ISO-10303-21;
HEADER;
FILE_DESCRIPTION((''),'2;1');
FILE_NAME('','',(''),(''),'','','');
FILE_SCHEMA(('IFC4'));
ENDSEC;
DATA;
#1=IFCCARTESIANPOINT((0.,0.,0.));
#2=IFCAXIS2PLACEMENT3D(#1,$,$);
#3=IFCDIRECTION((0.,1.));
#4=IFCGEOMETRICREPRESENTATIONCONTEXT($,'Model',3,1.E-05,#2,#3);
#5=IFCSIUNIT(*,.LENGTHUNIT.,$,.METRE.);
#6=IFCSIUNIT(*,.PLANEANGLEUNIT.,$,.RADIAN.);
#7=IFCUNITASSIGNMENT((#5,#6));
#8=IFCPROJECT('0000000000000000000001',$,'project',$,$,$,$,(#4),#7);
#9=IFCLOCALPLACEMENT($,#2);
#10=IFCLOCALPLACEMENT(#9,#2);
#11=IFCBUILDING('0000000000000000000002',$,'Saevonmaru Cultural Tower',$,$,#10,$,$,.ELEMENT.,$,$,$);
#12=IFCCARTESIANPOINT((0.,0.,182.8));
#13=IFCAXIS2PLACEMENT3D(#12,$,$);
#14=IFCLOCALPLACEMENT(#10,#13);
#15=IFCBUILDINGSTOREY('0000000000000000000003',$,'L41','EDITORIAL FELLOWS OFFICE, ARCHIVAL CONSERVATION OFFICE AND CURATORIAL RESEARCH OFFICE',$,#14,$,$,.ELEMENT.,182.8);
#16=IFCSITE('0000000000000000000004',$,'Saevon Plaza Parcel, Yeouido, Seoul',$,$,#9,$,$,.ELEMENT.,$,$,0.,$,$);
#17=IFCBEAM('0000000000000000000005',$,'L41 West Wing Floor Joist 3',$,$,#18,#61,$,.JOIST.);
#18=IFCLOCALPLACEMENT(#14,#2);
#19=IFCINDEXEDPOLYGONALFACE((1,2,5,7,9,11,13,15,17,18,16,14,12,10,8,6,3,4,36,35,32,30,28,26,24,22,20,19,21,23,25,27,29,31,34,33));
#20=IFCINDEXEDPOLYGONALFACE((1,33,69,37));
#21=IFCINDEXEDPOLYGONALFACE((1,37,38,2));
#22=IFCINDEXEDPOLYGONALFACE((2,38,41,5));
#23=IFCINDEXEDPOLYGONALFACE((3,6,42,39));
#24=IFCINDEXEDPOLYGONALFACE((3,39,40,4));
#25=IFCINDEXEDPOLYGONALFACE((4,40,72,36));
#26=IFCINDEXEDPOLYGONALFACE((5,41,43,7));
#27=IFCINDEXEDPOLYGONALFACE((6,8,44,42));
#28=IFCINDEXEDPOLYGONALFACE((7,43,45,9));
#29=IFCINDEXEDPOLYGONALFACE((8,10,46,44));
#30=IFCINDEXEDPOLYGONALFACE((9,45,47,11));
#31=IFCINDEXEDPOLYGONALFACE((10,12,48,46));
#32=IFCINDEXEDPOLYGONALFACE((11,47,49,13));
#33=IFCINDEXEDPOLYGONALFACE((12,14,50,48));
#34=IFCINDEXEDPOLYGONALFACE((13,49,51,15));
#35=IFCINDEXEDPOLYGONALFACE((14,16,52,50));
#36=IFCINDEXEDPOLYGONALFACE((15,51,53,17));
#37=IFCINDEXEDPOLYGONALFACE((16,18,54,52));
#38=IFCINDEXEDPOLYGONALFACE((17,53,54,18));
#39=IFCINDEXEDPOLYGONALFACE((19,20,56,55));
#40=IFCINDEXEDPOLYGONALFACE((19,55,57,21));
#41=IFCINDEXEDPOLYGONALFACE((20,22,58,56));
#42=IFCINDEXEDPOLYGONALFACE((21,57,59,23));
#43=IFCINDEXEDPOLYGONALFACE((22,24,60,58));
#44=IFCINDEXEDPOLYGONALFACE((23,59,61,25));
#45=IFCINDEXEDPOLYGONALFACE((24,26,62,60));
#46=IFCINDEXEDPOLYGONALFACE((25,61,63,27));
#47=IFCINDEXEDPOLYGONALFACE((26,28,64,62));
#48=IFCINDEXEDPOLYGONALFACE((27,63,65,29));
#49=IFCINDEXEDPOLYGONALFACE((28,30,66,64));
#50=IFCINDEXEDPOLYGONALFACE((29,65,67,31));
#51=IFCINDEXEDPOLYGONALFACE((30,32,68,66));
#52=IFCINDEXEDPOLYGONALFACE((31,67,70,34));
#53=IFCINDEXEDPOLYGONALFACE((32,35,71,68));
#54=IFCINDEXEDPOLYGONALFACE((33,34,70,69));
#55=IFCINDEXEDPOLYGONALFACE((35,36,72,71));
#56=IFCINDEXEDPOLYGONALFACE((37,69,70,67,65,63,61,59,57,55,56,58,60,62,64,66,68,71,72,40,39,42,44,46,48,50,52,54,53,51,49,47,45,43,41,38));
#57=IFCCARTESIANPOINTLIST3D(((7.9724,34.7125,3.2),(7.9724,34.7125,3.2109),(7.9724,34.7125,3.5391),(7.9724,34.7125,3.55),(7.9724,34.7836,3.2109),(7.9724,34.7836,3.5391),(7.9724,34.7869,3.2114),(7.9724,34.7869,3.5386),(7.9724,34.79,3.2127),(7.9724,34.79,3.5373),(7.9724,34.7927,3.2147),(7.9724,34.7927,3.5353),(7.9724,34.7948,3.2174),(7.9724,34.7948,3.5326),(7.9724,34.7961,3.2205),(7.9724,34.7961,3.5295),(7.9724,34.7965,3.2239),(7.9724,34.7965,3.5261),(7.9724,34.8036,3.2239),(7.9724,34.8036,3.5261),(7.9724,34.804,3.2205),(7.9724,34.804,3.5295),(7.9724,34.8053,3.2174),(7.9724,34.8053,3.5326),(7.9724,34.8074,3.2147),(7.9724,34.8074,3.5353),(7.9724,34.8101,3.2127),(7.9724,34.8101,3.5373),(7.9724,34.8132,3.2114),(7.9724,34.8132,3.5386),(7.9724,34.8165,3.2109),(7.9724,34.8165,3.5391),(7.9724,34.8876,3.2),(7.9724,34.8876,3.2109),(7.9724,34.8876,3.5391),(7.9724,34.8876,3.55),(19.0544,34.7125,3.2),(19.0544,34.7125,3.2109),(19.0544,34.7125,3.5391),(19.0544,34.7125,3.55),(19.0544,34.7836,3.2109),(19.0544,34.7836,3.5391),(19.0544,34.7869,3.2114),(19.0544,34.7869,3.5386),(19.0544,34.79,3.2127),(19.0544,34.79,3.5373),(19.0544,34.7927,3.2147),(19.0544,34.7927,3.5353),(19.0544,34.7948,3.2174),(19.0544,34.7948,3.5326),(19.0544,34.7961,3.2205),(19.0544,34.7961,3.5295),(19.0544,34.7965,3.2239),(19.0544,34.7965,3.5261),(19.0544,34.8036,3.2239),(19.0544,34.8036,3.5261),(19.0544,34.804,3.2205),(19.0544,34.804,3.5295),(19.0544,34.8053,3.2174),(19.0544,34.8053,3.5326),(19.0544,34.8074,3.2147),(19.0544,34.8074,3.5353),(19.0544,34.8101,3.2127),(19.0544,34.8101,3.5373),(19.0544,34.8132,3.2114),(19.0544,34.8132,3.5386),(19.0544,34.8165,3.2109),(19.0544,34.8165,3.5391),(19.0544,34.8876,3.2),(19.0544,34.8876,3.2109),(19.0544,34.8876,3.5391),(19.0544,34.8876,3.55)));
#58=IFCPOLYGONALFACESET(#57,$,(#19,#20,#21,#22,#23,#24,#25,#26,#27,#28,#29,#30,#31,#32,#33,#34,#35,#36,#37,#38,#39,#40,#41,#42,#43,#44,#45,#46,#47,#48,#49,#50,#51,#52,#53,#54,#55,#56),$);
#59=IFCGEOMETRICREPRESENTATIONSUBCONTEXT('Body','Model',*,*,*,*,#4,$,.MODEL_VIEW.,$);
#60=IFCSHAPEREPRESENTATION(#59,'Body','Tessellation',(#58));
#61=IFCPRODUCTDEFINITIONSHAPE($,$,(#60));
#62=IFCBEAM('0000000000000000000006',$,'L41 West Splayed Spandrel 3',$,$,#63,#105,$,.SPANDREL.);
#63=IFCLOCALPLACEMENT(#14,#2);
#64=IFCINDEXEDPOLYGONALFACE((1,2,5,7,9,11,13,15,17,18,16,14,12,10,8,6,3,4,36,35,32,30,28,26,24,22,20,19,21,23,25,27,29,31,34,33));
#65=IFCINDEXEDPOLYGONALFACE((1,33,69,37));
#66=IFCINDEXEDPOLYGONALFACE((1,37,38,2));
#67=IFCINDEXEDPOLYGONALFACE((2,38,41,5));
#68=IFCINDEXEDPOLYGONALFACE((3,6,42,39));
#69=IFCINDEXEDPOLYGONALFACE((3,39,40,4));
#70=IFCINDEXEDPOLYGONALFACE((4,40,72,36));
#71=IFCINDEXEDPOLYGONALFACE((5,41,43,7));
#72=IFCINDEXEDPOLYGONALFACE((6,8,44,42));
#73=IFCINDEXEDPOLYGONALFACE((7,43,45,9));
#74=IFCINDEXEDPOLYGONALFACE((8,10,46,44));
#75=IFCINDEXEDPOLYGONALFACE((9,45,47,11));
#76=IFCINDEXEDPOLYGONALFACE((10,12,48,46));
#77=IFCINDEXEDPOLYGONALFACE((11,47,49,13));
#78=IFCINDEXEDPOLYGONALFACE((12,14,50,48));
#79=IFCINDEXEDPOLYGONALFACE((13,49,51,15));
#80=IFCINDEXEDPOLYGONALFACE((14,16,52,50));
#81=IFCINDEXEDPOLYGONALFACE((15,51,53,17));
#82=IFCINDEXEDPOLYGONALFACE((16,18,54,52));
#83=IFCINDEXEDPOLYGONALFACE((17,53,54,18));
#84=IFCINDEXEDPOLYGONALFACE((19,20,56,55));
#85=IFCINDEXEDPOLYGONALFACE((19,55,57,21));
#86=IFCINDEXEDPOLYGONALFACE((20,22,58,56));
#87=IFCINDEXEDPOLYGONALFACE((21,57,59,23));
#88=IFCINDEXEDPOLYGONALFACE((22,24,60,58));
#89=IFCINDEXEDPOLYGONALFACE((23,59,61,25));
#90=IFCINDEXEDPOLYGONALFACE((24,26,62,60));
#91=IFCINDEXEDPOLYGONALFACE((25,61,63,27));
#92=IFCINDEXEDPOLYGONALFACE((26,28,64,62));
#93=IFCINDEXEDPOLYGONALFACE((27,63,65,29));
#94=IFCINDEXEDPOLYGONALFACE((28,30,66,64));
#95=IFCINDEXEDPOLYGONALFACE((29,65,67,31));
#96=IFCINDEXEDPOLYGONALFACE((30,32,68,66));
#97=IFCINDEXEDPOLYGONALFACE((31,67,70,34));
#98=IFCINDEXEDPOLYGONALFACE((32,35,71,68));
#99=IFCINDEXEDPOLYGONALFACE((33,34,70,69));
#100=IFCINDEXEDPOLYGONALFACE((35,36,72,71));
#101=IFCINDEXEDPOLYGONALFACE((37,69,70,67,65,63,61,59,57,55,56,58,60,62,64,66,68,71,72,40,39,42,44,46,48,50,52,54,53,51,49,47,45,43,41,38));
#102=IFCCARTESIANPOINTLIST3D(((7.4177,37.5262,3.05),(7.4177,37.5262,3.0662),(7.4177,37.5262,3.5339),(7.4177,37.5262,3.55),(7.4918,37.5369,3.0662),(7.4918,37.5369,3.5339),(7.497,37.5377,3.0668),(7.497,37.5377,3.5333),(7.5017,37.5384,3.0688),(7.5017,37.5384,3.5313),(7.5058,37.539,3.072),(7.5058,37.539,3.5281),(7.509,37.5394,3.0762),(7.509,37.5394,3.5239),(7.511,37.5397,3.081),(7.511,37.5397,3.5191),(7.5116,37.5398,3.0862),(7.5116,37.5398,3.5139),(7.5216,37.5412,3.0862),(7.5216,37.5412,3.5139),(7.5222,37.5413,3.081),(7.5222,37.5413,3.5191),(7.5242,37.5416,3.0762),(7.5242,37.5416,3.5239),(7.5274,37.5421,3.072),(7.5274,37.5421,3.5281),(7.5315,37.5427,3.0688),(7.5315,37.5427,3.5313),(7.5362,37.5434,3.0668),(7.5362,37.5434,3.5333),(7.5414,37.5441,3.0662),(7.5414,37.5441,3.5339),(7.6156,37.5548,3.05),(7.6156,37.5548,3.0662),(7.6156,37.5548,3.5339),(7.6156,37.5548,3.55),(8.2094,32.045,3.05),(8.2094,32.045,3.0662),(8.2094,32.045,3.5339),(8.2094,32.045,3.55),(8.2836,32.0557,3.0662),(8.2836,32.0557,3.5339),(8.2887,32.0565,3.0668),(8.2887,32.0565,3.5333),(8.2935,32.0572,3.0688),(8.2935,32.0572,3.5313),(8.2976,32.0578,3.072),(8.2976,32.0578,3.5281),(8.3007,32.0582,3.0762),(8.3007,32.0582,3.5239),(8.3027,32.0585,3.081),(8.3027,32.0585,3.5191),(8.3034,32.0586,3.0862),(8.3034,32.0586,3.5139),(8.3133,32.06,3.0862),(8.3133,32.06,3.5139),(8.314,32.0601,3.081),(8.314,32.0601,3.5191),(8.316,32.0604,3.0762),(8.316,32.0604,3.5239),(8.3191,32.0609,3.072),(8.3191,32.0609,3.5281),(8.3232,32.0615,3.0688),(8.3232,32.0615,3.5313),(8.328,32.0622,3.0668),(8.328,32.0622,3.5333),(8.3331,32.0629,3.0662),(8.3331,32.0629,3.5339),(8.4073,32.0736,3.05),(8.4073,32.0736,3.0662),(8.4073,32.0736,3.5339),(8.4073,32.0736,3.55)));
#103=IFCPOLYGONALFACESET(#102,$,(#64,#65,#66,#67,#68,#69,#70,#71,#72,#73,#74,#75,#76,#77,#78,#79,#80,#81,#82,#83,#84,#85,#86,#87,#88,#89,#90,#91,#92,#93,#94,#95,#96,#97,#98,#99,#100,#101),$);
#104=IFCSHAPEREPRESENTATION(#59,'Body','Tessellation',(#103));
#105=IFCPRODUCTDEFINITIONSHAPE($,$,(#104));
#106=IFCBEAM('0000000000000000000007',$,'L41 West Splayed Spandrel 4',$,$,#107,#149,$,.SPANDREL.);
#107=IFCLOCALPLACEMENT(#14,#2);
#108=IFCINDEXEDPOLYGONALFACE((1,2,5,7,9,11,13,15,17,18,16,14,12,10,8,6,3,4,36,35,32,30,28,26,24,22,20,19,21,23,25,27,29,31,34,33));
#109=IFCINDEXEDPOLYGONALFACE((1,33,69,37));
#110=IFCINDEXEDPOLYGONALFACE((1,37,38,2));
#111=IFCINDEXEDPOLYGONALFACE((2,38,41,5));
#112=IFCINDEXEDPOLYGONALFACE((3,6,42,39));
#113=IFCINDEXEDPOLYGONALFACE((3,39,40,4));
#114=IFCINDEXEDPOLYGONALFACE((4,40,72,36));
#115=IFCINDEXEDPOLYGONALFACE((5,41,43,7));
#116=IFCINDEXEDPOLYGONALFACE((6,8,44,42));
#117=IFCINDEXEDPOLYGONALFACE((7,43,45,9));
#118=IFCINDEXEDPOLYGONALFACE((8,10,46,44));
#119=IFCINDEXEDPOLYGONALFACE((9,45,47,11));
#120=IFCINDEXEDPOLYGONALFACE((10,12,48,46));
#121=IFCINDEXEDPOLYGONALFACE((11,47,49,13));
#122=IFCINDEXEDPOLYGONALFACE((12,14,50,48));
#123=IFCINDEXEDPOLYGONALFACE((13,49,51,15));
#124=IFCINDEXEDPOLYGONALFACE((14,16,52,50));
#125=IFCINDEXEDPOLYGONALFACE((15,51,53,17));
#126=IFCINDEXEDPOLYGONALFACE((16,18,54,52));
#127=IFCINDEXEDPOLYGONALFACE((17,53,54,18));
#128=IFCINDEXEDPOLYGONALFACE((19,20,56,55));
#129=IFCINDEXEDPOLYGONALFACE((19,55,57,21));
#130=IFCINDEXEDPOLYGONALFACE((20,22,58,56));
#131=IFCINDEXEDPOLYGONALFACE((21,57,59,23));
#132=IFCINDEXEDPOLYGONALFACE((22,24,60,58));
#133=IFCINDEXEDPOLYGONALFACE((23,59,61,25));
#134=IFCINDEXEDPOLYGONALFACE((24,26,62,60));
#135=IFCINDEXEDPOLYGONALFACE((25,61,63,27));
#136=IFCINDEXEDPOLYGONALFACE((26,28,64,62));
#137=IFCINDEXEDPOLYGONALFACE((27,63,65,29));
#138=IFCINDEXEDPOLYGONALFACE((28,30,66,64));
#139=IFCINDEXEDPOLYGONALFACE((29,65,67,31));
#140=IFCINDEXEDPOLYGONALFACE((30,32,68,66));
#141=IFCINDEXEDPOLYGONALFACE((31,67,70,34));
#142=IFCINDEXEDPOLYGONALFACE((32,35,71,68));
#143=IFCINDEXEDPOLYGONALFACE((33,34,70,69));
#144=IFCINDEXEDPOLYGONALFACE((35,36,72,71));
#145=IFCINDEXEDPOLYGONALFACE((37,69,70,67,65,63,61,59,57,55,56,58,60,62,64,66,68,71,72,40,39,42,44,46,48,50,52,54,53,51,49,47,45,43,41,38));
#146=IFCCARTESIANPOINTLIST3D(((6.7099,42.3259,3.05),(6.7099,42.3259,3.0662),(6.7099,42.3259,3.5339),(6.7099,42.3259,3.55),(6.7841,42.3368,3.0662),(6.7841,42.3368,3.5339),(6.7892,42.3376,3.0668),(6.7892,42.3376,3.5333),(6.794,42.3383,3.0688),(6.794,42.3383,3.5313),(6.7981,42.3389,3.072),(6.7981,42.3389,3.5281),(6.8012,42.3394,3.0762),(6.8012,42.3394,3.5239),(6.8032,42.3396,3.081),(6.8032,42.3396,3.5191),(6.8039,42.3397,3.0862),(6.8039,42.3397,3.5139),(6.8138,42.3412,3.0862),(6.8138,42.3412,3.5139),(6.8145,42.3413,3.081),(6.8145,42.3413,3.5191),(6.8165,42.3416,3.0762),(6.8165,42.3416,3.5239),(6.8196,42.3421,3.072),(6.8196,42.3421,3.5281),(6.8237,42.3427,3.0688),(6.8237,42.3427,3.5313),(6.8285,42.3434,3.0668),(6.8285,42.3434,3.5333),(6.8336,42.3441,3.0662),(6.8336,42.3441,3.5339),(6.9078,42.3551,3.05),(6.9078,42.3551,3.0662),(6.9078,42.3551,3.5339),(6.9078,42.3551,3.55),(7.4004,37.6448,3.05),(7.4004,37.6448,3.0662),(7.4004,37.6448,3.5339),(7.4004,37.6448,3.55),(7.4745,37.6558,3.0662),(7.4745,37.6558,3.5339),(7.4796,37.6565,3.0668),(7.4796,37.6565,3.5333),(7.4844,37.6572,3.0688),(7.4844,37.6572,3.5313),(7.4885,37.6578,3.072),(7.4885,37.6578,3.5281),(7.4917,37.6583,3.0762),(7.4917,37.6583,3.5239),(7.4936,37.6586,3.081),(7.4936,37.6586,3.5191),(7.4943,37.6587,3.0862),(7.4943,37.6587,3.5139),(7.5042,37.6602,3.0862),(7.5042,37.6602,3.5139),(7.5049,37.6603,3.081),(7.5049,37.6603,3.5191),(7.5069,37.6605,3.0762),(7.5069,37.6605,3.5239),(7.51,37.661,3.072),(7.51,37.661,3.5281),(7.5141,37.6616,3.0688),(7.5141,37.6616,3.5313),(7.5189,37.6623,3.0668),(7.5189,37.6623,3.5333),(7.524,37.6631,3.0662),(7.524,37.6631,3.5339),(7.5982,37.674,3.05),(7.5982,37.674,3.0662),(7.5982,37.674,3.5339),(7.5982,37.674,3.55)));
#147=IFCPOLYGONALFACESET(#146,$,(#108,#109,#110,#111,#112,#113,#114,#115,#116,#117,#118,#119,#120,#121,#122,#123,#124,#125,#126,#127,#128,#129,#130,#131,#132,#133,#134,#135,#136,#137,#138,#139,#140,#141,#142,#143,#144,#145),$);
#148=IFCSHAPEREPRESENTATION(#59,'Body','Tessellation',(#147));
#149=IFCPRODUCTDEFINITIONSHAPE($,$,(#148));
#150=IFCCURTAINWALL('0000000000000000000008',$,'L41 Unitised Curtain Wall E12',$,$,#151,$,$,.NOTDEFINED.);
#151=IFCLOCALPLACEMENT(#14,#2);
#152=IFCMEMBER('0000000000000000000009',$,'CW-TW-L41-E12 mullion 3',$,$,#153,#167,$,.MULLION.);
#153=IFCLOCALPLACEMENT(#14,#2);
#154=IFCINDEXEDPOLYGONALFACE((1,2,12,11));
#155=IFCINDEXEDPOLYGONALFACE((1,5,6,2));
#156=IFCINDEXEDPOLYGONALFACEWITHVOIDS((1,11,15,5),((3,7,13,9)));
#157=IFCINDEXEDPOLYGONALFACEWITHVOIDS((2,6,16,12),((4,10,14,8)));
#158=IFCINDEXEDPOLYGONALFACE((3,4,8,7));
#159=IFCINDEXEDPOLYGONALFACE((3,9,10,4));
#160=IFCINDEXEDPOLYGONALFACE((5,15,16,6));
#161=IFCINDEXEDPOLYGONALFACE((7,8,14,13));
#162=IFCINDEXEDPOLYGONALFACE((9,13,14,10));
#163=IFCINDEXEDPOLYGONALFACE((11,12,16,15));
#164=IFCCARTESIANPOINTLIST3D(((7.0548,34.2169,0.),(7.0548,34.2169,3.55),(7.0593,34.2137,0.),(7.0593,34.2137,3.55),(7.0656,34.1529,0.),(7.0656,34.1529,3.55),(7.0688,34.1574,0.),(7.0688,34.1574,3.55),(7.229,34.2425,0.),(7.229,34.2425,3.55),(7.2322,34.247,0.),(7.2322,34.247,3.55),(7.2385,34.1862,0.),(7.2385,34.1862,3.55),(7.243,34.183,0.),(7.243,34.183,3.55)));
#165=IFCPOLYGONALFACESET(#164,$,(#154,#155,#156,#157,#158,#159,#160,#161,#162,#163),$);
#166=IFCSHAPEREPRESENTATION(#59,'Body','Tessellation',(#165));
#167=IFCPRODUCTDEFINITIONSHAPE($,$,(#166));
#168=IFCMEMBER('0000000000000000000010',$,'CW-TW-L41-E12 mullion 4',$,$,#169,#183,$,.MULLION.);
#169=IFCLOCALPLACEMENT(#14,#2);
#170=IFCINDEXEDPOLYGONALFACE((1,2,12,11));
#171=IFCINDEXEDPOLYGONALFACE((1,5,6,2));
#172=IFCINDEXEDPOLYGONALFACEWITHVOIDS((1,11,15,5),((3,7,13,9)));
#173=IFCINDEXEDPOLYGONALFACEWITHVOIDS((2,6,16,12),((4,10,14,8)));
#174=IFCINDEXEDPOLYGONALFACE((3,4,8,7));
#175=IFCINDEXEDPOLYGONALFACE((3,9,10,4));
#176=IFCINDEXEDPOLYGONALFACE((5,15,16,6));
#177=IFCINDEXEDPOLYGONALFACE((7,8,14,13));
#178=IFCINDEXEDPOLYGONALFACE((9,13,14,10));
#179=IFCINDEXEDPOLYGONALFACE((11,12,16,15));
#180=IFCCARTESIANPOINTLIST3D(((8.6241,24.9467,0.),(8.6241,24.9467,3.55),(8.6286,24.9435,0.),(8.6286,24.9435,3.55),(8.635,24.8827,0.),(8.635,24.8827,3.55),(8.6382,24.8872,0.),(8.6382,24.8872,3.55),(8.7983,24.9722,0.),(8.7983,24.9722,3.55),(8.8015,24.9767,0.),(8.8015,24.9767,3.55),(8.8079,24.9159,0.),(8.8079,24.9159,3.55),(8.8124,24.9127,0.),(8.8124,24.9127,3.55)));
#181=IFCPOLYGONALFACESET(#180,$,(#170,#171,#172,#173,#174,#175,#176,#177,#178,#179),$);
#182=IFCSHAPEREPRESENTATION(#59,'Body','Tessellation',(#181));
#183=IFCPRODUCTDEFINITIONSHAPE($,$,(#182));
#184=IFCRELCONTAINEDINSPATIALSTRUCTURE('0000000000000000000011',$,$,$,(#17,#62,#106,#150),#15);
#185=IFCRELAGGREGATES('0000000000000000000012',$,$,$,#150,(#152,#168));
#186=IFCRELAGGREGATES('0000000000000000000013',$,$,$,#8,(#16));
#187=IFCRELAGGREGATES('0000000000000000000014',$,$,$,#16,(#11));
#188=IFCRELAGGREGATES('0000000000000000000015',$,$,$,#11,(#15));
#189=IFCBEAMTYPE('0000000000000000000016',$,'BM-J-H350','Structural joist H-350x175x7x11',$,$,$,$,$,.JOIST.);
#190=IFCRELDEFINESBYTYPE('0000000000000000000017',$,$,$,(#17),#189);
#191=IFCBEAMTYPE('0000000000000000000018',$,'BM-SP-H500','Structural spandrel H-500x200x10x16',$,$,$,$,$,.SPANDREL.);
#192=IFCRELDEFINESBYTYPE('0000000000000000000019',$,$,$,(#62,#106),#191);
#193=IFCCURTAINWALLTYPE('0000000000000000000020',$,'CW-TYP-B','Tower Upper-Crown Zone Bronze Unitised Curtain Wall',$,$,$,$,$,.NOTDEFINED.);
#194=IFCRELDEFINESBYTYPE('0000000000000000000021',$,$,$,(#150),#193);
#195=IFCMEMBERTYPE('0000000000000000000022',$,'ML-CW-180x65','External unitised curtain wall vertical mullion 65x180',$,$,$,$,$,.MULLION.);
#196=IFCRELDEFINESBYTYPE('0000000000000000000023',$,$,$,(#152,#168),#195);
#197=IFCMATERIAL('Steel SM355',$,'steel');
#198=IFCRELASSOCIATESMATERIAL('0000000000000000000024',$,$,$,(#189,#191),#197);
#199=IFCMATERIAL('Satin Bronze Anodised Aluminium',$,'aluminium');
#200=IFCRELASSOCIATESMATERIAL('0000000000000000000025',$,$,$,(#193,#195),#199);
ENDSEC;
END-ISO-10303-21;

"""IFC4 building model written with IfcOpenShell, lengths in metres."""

from ifc_helpers import new_model, si_unit, direction, frame, origin, origin_2d, place, context, subcontext, project, spatial, hollow_rectangle, i_section, extrude, material, material_profile, profile_set, type_object, element, aggregate, save


model = new_model("IFC4")

# Units and contexts
model_context = context("Model", 3, precision=1e-05, world=origin(), true_north=direction((0.0, 1.0)))
body_context = subcontext(model_context, "Body", "Model", "MODEL_VIEW")
ifc_project = project(units=[si_unit("LENGTHUNIT", "METRE"), si_unit("PLANEANGLEUNIT", "RADIAN")], contexts=[model_context])

# Site, building, storey
site_placement = place(None, origin())
site = spatial("IfcSite", under=ifc_project, at=site_placement, Name="Saevon Plaza Parcel, Yeouido, Seoul", CompositionType="ELEMENT", RefElevation=0.0)
building_placement = place(site_placement, origin())
building = spatial("IfcBuilding", under=site, at=building_placement, Name="Saevonmaru Cultural Tower", CompositionType="ELEMENT")
storey_placement = place(building_placement, frame((0.0, 0.0, 182.8)))
storey = spatial("IfcBuildingStorey", under=building, at=storey_placement, Name="L41", Description="EDITORIAL FELLOWS OFFICE, ARCHIVAL CONSERVATION OFFICE AND CURATORIAL RESEARCH OFFICE", CompositionType="ELEMENT", Elevation=182.8)

# Beams
ifc_material_1 = material(Name="Steel SM355", Category="steel")
ifc_material_profile_1 = material_profile(ifc_material_1, i_section(OverallWidth=0.175, OverallDepth=0.3501, WebThickness=0.0071, FlangeThickness=0.011, FilletRadius=0.0129, at=origin_2d()), Name="H-350x175x7x11")
ifc_profile_set_1 = profile_set([ifc_material_profile_1], Name="Steel SM355")
beam_type_1 = type_object("IfcBeamType", Name="BM-J-H350", Description="Structural joist H-350x175x7x11", PredefinedType="JOIST", material=ifc_profile_set_1)
for number, where, z_axis, x_axis, name in (
    (1, (7.9724, 34.8, 3.375), (1.0, 0.0, 0.0), (0.0, 1.0, 0.0), "L41 West Wing Floor Joist 3"),
):
    element("IfcBeam", number, at=place(storey_placement, frame(where, z_axis=z_axis, x_axis=x_axis)), inside=storey, type_object=beam_type_1, Name=name, PredefinedType="JOIST", context=body_context, shape_type="SweptSolid", body=[
        extrude(i_section(OverallWidth=0.175, OverallDepth=0.3501, WebThickness=0.0071, FlangeThickness=0.011, FilletRadius=0.0129, at=origin_2d()), origin(), (0.0, 0.0, 1.0), 11.082),
    ])
ifc_material_profile_2 = material_profile(ifc_material_1, i_section(OverallWidth=0.2, OverallDepth=0.5, WebThickness=0.01, FlangeThickness=0.0161, FilletRadius=0.02, at=origin_2d()), Name="H-500x200x10x16")
ifc_profile_set_2 = profile_set([ifc_material_profile_2], Name="Steel SM355")
beam_type_2 = type_object("IfcBeamType", Name="BM-SP-H500", Description="Structural spandrel H-500x200x10x16", PredefinedType="SPANDREL", material=ifc_profile_set_2)
beam_1_placement = place(storey_placement, frame((8.3083, 32.0593, 3.3), z_axis=(-0.142964, 0.989728, 0.0), x_axis=(-0.989728, -0.142964, 0.0)))
element("IfcBeam", 2, at=beam_1_placement, inside=storey, type_object=beam_type_2, Name="L41 West Splayed Spandrel 3", PredefinedType="SPANDREL", context=body_context, shape_type="SweptSolid", body=[
    extrude(i_section(OverallWidth=0.2, OverallDepth=0.5, WebThickness=0.01, FlangeThickness=0.0161, FilletRadius=0.02, at=origin_2d()), origin(), (0.0, 0.0, 1.0), 5.5381),
])
beam_2_placement = place(storey_placement, frame((7.4993, 37.6594, 3.3), z_axis=(-0.145913, 0.989297, 0.0), x_axis=(-0.989297, -0.145913, 0.0)))
element("IfcBeam", 3, at=beam_2_placement, inside=storey, type_object=beam_type_2, Name="L41 West Splayed Spandrel 4", PredefinedType="SPANDREL", context=body_context, shape_type="SweptSolid", body=[
    extrude(i_section(OverallWidth=0.2, OverallDepth=0.5, WebThickness=0.01, FlangeThickness=0.0161, FilletRadius=0.02, at=origin_2d()), origin(), (0.0, 0.0, 1.0), 4.7317),
])

# Curtain wall, members
ifc_material_2 = material(Name="Satin Bronze Anodised Aluminium", Category="aluminium")
curtain_wall_type = type_object("IfcCurtainWallType", Name="CW-TYP-B", Description="Tower Upper-Crown Zone Bronze Unitised Curtain Wall", PredefinedType="NOTDEFINED", material=ifc_material_2)
curtain_wall_placement = place(storey_placement, origin())
curtain_wall = element("IfcCurtainWall", 4, at=curtain_wall_placement, inside=storey, type_object=curtain_wall_type, Name="L41 Unitised Curtain Wall E12", PredefinedType="NOTDEFINED")
ifc_material_profile_3 = material_profile(ifc_material_2, hollow_rectangle(XDim=0.0649, YDim=0.1799, WallThickness=0.0039, at=origin_2d()), Name="ALU-MULL-180x65x4")
ifc_profile_set_3 = profile_set([ifc_material_profile_3], Name="Satin Bronze Anodised Aluminium")
member_type_1 = type_object("IfcMemberType", Name="ML-CW-180x65", Description="External unitised curtain wall vertical mullion 65x180", PredefinedType="MULLION", material=ifc_profile_set_3)
member_1_placement = place(storey_placement, frame((7.1489, 34.2, 0.0), z_axis=(0.0, 0.0, 1.0), x_axis=(0.166922, -0.98597, 0.0)))
member_1 = element("IfcMember", 5, at=member_1_placement, type_object=member_type_1, Name="CW-TW-L41-E12 mullion 3", PredefinedType="MULLION", context=body_context, shape_type="SweptSolid", body=[
    extrude(hollow_rectangle(XDim=0.0649, YDim=0.1799, WallThickness=0.0039, at=origin_2d()), origin(), (0.0, 0.0, 1.0), 3.55),
])
member_2_placement = place(storey_placement, frame((8.7183, 24.9297, 0.0), z_axis=(0.0, 0.0, 1.0), x_axis=(0.166922, -0.98597, 0.0)))
member_2 = element("IfcMember", 6, at=member_2_placement, type_object=member_type_1, Name="CW-TW-L41-E12 mullion 4", PredefinedType="MULLION", context=body_context, shape_type="SweptSolid", body=[
    extrude(hollow_rectangle(XDim=0.0649, YDim=0.1799, WallThickness=0.0039, at=origin_2d()), origin(), (0.0, 0.0, 1.0), 3.55),
])
aggregate(curtain_wall, [member_1, member_2])

save(model, "model.ifc")
